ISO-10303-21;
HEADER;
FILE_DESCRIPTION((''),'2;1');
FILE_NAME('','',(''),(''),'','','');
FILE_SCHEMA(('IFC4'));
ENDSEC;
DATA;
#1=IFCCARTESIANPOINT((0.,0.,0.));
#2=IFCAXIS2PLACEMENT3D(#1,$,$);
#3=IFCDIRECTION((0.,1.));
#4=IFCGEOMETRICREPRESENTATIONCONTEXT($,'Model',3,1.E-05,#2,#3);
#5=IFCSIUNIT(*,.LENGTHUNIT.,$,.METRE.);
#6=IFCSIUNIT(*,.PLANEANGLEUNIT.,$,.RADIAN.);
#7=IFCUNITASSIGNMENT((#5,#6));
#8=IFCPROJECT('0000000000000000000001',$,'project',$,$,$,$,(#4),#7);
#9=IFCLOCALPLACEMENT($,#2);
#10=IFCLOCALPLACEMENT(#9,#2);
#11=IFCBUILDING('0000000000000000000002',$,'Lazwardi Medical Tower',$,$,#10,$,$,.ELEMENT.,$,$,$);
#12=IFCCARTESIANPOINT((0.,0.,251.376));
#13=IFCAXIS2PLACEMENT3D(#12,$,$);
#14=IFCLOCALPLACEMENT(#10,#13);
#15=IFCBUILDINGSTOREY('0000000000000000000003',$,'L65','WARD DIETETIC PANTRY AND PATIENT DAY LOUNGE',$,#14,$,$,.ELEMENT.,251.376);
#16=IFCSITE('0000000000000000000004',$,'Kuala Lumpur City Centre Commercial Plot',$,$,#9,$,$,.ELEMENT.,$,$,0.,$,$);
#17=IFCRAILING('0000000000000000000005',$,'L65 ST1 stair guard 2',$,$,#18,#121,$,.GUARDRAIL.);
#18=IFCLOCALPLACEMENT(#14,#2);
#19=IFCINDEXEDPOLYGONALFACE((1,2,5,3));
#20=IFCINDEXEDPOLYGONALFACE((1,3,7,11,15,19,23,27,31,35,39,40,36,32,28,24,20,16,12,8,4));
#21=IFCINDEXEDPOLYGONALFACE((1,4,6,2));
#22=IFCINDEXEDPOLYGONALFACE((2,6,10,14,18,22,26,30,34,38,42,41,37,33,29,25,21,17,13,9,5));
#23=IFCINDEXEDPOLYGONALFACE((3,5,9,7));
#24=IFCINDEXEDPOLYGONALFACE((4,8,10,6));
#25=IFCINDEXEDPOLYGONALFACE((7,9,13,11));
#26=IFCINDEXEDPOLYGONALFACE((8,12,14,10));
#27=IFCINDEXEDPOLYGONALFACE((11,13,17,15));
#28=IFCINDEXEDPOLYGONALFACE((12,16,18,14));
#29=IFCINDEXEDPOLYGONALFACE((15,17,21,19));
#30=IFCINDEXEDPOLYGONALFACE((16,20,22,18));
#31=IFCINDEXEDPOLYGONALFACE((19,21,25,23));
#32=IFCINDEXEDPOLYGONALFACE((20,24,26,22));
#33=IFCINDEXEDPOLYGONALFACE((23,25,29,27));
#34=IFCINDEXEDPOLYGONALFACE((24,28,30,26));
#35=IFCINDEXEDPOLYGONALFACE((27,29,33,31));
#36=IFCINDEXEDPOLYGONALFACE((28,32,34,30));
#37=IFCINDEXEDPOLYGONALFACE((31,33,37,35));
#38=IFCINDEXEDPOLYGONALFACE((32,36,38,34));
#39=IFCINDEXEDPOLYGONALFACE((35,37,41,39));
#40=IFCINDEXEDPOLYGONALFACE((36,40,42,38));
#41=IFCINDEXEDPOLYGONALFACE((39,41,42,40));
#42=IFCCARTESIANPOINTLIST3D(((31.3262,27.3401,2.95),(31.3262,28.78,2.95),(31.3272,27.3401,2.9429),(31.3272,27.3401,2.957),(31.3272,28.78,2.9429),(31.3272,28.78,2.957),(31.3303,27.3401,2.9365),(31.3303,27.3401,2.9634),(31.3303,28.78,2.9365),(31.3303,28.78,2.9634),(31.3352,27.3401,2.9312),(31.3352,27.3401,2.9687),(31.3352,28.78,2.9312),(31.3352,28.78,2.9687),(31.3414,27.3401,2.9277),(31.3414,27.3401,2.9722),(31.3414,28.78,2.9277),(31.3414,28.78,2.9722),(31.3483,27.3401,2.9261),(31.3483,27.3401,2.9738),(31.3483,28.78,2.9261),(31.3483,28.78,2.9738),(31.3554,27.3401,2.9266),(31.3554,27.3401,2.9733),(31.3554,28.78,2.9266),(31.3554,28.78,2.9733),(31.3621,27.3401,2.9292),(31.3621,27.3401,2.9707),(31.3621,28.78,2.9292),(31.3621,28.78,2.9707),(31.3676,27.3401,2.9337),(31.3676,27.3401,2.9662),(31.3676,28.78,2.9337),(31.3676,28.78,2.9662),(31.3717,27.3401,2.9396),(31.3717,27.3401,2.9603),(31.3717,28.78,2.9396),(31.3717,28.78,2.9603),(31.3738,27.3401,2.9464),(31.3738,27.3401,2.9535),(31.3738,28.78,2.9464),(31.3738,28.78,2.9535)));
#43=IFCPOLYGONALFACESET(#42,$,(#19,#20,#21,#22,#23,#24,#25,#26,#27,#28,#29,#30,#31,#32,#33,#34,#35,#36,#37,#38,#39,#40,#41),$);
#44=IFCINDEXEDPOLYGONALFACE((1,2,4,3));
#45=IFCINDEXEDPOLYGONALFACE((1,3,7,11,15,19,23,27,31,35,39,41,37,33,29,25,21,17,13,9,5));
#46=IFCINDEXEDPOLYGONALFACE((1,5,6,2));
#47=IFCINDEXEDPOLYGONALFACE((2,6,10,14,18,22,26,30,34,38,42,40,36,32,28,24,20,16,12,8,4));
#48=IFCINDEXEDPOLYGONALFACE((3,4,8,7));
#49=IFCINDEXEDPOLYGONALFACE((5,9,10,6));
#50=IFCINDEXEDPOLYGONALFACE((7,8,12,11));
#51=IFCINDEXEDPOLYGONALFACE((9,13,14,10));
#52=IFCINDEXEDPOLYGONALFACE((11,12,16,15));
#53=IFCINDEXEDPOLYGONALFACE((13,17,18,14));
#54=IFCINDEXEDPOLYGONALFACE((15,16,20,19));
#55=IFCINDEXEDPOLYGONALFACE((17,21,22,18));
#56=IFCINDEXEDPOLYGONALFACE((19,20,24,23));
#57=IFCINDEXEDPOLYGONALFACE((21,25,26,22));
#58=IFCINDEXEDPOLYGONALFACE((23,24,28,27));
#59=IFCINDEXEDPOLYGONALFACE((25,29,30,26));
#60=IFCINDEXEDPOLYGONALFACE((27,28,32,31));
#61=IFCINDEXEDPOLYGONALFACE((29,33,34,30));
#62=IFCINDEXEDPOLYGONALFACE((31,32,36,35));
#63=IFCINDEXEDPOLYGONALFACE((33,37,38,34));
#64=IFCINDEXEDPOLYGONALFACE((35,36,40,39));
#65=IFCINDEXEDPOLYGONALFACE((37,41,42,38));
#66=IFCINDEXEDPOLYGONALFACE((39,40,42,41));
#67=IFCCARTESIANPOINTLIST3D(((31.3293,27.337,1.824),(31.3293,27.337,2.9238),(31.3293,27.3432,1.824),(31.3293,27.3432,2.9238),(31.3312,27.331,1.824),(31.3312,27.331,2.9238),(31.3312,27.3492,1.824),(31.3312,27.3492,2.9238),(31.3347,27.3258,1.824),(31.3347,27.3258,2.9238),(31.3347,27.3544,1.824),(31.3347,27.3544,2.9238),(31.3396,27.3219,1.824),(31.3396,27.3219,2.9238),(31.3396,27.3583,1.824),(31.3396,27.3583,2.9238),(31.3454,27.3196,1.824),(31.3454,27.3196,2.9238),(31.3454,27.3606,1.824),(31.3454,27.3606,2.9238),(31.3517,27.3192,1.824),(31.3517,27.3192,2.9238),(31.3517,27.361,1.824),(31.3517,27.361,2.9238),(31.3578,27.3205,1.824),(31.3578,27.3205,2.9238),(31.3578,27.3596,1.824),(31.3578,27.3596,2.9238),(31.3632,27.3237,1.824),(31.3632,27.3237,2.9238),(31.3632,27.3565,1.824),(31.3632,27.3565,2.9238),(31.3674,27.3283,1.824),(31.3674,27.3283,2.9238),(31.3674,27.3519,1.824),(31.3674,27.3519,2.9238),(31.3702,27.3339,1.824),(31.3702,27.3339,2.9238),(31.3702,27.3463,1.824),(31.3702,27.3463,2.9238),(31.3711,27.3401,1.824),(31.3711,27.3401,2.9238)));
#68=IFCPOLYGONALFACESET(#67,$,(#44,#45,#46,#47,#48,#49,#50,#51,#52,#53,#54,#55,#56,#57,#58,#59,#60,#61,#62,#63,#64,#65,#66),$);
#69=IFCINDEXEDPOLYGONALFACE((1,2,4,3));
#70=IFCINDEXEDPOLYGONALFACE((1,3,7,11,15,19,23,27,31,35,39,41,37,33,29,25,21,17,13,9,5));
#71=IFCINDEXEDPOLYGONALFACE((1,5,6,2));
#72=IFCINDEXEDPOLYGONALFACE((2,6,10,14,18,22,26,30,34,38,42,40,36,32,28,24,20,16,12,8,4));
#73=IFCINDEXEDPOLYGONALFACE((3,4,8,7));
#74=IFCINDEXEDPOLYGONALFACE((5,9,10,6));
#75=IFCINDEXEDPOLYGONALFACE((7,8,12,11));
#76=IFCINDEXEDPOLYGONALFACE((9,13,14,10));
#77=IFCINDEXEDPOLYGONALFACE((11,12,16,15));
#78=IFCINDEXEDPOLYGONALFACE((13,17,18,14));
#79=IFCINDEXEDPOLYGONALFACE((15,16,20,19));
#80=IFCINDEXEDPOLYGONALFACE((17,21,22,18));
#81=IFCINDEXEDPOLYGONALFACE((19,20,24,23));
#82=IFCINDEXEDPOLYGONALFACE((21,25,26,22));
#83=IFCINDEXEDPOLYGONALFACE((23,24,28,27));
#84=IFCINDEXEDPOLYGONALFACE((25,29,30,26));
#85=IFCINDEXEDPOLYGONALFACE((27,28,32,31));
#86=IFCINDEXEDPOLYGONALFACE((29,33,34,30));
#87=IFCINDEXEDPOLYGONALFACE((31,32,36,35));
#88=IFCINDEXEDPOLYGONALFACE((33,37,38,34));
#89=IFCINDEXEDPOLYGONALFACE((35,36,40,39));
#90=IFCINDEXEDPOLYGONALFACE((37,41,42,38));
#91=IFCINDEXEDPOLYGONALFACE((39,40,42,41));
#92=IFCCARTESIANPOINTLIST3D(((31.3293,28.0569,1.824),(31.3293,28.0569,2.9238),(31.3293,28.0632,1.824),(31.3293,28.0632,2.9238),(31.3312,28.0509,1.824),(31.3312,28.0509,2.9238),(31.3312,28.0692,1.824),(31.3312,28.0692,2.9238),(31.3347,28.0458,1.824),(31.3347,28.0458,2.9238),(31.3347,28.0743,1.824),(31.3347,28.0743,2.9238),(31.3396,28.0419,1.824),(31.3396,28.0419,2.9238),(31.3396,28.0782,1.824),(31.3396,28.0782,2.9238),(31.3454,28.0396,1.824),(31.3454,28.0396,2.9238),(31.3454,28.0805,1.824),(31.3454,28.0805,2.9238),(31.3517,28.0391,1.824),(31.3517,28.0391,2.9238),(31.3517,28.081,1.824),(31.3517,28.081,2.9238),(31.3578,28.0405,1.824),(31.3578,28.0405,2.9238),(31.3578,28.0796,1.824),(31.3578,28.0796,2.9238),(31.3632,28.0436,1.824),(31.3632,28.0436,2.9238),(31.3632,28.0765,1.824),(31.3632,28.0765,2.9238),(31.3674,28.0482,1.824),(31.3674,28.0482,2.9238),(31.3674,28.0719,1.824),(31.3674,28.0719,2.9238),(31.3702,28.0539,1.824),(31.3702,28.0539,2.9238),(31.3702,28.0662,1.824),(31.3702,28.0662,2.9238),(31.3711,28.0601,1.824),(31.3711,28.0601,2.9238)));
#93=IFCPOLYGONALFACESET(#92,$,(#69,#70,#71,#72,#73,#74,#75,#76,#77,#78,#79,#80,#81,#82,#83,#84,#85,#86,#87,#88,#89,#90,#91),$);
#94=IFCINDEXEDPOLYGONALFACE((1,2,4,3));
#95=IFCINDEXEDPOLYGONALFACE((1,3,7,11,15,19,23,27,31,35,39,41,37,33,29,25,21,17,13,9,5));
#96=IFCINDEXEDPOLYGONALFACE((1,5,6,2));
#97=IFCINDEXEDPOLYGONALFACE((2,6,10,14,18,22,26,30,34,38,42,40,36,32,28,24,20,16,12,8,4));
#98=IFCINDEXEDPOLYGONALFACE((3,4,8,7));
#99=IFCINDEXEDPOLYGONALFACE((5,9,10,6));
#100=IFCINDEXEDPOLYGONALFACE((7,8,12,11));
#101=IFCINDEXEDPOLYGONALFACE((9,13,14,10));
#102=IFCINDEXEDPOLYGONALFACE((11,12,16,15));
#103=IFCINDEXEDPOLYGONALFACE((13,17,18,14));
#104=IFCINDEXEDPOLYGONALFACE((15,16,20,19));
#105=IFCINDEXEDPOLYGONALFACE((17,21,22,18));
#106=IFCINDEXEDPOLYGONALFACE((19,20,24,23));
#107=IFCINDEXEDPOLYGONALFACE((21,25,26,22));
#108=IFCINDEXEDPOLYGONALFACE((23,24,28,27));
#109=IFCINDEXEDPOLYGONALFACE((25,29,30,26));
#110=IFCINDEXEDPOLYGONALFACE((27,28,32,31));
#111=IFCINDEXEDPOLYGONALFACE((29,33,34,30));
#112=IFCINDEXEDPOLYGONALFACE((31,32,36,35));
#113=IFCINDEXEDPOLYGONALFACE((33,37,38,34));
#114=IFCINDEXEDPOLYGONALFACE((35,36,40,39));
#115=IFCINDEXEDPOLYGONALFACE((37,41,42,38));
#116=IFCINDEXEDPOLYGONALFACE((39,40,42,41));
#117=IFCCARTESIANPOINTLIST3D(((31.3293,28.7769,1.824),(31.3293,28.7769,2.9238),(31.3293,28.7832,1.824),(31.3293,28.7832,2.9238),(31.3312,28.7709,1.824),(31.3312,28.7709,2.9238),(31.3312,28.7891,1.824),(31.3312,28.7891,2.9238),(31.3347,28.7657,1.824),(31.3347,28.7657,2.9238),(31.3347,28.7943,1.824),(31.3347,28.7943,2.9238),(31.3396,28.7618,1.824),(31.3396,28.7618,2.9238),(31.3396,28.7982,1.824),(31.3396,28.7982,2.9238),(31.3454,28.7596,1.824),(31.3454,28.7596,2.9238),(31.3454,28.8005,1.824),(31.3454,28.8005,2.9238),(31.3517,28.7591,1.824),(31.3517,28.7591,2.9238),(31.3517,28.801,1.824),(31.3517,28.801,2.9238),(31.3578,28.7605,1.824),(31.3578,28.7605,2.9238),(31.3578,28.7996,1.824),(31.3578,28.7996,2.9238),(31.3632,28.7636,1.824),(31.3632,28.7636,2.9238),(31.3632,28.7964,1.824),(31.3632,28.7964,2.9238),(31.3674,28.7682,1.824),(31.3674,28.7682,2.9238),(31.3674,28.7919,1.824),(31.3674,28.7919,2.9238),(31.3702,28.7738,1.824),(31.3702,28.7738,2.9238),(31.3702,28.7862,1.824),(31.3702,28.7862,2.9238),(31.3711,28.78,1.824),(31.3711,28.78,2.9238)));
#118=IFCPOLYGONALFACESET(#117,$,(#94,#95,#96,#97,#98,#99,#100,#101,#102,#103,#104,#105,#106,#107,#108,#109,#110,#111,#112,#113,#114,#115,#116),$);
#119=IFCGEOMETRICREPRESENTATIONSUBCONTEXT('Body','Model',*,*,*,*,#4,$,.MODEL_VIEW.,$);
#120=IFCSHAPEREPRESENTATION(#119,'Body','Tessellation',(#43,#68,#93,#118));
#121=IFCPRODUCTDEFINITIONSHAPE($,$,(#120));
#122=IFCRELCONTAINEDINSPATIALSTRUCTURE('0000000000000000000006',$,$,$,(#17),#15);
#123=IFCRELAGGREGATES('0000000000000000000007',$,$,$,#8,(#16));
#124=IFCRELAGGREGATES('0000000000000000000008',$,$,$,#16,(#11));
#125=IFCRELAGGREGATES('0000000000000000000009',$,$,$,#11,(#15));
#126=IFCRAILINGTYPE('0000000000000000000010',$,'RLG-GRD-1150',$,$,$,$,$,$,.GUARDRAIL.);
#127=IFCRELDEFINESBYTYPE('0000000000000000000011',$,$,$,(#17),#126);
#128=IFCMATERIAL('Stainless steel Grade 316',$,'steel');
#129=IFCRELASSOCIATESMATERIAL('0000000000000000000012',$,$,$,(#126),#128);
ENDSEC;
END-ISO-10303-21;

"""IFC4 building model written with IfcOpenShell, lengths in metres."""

from ifc_helpers import new_model, si_unit, direction, frame, origin, origin_2d, place, context, subcontext, project, spatial, circle, extrude, material, type_object, element, save


model = new_model("IFC4")

# Units and contexts
model_context = context("Model", 3, precision=1e-05, world=origin(), true_north=direction((0.0, 1.0)))
body_context = subcontext(model_context, "Body", "Model", "MODEL_VIEW")
ifc_project = project(units=[si_unit("LENGTHUNIT", "METRE"), si_unit("PLANEANGLEUNIT", "RADIAN")], contexts=[model_context])

# Site, building, storey
site_placement = place(None, origin())
site = spatial("IfcSite", under=ifc_project, at=site_placement, Name="Kuala Lumpur City Centre Commercial Plot", CompositionType="ELEMENT", RefElevation=0.0)
building_placement = place(site_placement, origin())
building = spatial("IfcBuilding", under=site, at=building_placement, Name="Lazwardi Medical Tower", CompositionType="ELEMENT")
storey_placement = place(building_placement, frame((0.0, 0.0, 251.376)))
storey = spatial("IfcBuildingStorey", under=building, at=storey_placement, Name="L65", Description="WARD DIETETIC PANTRY AND PATIENT DAY LOUNGE", CompositionType="ELEMENT", Elevation=251.376)

# Railing
ifc_material_1 = material(Name="Stainless steel Grade 316", Category="steel")
railing_type_1 = type_object("IfcRailingType", Name="RLG-GRD-1150", PredefinedType="GUARDRAIL", material=ifc_material_1)
railing_1_placement = place(storey_placement, frame((31.3501, 27.3401, 1.824)))
element("IfcRailing", 1, at=railing_1_placement, inside=storey, type_object=railing_type_1, Name="L65 ST1 stair guard 2", PredefinedType="GUARDRAIL", context=body_context, shape_type="SweptSolid", body=[
    extrude(circle(Radius=0.0239, at=origin_2d()), frame((0.0, 0.0, 1.126), z_axis=(0.0, 1.0, 0.0), x_axis=(-1.0, 0.0, 0.0)), (0.0, 0.0, 1.0), 1.4399),
    extrude(circle(Radius=0.021, at=origin_2d()), origin(), (0.0, 0.0, 1.0), 1.0999),
    extrude(circle(Radius=0.021, at=origin_2d()), frame((0.0, 0.72, 0.0)), (0.0, 0.0, 1.0), 1.0999),
    extrude(circle(Radius=0.021, at=origin_2d()), frame((0.0, 1.4399, 0.0)), (0.0, 0.0, 1.0), 1.0999),
])

save(model, "model.ifc")
